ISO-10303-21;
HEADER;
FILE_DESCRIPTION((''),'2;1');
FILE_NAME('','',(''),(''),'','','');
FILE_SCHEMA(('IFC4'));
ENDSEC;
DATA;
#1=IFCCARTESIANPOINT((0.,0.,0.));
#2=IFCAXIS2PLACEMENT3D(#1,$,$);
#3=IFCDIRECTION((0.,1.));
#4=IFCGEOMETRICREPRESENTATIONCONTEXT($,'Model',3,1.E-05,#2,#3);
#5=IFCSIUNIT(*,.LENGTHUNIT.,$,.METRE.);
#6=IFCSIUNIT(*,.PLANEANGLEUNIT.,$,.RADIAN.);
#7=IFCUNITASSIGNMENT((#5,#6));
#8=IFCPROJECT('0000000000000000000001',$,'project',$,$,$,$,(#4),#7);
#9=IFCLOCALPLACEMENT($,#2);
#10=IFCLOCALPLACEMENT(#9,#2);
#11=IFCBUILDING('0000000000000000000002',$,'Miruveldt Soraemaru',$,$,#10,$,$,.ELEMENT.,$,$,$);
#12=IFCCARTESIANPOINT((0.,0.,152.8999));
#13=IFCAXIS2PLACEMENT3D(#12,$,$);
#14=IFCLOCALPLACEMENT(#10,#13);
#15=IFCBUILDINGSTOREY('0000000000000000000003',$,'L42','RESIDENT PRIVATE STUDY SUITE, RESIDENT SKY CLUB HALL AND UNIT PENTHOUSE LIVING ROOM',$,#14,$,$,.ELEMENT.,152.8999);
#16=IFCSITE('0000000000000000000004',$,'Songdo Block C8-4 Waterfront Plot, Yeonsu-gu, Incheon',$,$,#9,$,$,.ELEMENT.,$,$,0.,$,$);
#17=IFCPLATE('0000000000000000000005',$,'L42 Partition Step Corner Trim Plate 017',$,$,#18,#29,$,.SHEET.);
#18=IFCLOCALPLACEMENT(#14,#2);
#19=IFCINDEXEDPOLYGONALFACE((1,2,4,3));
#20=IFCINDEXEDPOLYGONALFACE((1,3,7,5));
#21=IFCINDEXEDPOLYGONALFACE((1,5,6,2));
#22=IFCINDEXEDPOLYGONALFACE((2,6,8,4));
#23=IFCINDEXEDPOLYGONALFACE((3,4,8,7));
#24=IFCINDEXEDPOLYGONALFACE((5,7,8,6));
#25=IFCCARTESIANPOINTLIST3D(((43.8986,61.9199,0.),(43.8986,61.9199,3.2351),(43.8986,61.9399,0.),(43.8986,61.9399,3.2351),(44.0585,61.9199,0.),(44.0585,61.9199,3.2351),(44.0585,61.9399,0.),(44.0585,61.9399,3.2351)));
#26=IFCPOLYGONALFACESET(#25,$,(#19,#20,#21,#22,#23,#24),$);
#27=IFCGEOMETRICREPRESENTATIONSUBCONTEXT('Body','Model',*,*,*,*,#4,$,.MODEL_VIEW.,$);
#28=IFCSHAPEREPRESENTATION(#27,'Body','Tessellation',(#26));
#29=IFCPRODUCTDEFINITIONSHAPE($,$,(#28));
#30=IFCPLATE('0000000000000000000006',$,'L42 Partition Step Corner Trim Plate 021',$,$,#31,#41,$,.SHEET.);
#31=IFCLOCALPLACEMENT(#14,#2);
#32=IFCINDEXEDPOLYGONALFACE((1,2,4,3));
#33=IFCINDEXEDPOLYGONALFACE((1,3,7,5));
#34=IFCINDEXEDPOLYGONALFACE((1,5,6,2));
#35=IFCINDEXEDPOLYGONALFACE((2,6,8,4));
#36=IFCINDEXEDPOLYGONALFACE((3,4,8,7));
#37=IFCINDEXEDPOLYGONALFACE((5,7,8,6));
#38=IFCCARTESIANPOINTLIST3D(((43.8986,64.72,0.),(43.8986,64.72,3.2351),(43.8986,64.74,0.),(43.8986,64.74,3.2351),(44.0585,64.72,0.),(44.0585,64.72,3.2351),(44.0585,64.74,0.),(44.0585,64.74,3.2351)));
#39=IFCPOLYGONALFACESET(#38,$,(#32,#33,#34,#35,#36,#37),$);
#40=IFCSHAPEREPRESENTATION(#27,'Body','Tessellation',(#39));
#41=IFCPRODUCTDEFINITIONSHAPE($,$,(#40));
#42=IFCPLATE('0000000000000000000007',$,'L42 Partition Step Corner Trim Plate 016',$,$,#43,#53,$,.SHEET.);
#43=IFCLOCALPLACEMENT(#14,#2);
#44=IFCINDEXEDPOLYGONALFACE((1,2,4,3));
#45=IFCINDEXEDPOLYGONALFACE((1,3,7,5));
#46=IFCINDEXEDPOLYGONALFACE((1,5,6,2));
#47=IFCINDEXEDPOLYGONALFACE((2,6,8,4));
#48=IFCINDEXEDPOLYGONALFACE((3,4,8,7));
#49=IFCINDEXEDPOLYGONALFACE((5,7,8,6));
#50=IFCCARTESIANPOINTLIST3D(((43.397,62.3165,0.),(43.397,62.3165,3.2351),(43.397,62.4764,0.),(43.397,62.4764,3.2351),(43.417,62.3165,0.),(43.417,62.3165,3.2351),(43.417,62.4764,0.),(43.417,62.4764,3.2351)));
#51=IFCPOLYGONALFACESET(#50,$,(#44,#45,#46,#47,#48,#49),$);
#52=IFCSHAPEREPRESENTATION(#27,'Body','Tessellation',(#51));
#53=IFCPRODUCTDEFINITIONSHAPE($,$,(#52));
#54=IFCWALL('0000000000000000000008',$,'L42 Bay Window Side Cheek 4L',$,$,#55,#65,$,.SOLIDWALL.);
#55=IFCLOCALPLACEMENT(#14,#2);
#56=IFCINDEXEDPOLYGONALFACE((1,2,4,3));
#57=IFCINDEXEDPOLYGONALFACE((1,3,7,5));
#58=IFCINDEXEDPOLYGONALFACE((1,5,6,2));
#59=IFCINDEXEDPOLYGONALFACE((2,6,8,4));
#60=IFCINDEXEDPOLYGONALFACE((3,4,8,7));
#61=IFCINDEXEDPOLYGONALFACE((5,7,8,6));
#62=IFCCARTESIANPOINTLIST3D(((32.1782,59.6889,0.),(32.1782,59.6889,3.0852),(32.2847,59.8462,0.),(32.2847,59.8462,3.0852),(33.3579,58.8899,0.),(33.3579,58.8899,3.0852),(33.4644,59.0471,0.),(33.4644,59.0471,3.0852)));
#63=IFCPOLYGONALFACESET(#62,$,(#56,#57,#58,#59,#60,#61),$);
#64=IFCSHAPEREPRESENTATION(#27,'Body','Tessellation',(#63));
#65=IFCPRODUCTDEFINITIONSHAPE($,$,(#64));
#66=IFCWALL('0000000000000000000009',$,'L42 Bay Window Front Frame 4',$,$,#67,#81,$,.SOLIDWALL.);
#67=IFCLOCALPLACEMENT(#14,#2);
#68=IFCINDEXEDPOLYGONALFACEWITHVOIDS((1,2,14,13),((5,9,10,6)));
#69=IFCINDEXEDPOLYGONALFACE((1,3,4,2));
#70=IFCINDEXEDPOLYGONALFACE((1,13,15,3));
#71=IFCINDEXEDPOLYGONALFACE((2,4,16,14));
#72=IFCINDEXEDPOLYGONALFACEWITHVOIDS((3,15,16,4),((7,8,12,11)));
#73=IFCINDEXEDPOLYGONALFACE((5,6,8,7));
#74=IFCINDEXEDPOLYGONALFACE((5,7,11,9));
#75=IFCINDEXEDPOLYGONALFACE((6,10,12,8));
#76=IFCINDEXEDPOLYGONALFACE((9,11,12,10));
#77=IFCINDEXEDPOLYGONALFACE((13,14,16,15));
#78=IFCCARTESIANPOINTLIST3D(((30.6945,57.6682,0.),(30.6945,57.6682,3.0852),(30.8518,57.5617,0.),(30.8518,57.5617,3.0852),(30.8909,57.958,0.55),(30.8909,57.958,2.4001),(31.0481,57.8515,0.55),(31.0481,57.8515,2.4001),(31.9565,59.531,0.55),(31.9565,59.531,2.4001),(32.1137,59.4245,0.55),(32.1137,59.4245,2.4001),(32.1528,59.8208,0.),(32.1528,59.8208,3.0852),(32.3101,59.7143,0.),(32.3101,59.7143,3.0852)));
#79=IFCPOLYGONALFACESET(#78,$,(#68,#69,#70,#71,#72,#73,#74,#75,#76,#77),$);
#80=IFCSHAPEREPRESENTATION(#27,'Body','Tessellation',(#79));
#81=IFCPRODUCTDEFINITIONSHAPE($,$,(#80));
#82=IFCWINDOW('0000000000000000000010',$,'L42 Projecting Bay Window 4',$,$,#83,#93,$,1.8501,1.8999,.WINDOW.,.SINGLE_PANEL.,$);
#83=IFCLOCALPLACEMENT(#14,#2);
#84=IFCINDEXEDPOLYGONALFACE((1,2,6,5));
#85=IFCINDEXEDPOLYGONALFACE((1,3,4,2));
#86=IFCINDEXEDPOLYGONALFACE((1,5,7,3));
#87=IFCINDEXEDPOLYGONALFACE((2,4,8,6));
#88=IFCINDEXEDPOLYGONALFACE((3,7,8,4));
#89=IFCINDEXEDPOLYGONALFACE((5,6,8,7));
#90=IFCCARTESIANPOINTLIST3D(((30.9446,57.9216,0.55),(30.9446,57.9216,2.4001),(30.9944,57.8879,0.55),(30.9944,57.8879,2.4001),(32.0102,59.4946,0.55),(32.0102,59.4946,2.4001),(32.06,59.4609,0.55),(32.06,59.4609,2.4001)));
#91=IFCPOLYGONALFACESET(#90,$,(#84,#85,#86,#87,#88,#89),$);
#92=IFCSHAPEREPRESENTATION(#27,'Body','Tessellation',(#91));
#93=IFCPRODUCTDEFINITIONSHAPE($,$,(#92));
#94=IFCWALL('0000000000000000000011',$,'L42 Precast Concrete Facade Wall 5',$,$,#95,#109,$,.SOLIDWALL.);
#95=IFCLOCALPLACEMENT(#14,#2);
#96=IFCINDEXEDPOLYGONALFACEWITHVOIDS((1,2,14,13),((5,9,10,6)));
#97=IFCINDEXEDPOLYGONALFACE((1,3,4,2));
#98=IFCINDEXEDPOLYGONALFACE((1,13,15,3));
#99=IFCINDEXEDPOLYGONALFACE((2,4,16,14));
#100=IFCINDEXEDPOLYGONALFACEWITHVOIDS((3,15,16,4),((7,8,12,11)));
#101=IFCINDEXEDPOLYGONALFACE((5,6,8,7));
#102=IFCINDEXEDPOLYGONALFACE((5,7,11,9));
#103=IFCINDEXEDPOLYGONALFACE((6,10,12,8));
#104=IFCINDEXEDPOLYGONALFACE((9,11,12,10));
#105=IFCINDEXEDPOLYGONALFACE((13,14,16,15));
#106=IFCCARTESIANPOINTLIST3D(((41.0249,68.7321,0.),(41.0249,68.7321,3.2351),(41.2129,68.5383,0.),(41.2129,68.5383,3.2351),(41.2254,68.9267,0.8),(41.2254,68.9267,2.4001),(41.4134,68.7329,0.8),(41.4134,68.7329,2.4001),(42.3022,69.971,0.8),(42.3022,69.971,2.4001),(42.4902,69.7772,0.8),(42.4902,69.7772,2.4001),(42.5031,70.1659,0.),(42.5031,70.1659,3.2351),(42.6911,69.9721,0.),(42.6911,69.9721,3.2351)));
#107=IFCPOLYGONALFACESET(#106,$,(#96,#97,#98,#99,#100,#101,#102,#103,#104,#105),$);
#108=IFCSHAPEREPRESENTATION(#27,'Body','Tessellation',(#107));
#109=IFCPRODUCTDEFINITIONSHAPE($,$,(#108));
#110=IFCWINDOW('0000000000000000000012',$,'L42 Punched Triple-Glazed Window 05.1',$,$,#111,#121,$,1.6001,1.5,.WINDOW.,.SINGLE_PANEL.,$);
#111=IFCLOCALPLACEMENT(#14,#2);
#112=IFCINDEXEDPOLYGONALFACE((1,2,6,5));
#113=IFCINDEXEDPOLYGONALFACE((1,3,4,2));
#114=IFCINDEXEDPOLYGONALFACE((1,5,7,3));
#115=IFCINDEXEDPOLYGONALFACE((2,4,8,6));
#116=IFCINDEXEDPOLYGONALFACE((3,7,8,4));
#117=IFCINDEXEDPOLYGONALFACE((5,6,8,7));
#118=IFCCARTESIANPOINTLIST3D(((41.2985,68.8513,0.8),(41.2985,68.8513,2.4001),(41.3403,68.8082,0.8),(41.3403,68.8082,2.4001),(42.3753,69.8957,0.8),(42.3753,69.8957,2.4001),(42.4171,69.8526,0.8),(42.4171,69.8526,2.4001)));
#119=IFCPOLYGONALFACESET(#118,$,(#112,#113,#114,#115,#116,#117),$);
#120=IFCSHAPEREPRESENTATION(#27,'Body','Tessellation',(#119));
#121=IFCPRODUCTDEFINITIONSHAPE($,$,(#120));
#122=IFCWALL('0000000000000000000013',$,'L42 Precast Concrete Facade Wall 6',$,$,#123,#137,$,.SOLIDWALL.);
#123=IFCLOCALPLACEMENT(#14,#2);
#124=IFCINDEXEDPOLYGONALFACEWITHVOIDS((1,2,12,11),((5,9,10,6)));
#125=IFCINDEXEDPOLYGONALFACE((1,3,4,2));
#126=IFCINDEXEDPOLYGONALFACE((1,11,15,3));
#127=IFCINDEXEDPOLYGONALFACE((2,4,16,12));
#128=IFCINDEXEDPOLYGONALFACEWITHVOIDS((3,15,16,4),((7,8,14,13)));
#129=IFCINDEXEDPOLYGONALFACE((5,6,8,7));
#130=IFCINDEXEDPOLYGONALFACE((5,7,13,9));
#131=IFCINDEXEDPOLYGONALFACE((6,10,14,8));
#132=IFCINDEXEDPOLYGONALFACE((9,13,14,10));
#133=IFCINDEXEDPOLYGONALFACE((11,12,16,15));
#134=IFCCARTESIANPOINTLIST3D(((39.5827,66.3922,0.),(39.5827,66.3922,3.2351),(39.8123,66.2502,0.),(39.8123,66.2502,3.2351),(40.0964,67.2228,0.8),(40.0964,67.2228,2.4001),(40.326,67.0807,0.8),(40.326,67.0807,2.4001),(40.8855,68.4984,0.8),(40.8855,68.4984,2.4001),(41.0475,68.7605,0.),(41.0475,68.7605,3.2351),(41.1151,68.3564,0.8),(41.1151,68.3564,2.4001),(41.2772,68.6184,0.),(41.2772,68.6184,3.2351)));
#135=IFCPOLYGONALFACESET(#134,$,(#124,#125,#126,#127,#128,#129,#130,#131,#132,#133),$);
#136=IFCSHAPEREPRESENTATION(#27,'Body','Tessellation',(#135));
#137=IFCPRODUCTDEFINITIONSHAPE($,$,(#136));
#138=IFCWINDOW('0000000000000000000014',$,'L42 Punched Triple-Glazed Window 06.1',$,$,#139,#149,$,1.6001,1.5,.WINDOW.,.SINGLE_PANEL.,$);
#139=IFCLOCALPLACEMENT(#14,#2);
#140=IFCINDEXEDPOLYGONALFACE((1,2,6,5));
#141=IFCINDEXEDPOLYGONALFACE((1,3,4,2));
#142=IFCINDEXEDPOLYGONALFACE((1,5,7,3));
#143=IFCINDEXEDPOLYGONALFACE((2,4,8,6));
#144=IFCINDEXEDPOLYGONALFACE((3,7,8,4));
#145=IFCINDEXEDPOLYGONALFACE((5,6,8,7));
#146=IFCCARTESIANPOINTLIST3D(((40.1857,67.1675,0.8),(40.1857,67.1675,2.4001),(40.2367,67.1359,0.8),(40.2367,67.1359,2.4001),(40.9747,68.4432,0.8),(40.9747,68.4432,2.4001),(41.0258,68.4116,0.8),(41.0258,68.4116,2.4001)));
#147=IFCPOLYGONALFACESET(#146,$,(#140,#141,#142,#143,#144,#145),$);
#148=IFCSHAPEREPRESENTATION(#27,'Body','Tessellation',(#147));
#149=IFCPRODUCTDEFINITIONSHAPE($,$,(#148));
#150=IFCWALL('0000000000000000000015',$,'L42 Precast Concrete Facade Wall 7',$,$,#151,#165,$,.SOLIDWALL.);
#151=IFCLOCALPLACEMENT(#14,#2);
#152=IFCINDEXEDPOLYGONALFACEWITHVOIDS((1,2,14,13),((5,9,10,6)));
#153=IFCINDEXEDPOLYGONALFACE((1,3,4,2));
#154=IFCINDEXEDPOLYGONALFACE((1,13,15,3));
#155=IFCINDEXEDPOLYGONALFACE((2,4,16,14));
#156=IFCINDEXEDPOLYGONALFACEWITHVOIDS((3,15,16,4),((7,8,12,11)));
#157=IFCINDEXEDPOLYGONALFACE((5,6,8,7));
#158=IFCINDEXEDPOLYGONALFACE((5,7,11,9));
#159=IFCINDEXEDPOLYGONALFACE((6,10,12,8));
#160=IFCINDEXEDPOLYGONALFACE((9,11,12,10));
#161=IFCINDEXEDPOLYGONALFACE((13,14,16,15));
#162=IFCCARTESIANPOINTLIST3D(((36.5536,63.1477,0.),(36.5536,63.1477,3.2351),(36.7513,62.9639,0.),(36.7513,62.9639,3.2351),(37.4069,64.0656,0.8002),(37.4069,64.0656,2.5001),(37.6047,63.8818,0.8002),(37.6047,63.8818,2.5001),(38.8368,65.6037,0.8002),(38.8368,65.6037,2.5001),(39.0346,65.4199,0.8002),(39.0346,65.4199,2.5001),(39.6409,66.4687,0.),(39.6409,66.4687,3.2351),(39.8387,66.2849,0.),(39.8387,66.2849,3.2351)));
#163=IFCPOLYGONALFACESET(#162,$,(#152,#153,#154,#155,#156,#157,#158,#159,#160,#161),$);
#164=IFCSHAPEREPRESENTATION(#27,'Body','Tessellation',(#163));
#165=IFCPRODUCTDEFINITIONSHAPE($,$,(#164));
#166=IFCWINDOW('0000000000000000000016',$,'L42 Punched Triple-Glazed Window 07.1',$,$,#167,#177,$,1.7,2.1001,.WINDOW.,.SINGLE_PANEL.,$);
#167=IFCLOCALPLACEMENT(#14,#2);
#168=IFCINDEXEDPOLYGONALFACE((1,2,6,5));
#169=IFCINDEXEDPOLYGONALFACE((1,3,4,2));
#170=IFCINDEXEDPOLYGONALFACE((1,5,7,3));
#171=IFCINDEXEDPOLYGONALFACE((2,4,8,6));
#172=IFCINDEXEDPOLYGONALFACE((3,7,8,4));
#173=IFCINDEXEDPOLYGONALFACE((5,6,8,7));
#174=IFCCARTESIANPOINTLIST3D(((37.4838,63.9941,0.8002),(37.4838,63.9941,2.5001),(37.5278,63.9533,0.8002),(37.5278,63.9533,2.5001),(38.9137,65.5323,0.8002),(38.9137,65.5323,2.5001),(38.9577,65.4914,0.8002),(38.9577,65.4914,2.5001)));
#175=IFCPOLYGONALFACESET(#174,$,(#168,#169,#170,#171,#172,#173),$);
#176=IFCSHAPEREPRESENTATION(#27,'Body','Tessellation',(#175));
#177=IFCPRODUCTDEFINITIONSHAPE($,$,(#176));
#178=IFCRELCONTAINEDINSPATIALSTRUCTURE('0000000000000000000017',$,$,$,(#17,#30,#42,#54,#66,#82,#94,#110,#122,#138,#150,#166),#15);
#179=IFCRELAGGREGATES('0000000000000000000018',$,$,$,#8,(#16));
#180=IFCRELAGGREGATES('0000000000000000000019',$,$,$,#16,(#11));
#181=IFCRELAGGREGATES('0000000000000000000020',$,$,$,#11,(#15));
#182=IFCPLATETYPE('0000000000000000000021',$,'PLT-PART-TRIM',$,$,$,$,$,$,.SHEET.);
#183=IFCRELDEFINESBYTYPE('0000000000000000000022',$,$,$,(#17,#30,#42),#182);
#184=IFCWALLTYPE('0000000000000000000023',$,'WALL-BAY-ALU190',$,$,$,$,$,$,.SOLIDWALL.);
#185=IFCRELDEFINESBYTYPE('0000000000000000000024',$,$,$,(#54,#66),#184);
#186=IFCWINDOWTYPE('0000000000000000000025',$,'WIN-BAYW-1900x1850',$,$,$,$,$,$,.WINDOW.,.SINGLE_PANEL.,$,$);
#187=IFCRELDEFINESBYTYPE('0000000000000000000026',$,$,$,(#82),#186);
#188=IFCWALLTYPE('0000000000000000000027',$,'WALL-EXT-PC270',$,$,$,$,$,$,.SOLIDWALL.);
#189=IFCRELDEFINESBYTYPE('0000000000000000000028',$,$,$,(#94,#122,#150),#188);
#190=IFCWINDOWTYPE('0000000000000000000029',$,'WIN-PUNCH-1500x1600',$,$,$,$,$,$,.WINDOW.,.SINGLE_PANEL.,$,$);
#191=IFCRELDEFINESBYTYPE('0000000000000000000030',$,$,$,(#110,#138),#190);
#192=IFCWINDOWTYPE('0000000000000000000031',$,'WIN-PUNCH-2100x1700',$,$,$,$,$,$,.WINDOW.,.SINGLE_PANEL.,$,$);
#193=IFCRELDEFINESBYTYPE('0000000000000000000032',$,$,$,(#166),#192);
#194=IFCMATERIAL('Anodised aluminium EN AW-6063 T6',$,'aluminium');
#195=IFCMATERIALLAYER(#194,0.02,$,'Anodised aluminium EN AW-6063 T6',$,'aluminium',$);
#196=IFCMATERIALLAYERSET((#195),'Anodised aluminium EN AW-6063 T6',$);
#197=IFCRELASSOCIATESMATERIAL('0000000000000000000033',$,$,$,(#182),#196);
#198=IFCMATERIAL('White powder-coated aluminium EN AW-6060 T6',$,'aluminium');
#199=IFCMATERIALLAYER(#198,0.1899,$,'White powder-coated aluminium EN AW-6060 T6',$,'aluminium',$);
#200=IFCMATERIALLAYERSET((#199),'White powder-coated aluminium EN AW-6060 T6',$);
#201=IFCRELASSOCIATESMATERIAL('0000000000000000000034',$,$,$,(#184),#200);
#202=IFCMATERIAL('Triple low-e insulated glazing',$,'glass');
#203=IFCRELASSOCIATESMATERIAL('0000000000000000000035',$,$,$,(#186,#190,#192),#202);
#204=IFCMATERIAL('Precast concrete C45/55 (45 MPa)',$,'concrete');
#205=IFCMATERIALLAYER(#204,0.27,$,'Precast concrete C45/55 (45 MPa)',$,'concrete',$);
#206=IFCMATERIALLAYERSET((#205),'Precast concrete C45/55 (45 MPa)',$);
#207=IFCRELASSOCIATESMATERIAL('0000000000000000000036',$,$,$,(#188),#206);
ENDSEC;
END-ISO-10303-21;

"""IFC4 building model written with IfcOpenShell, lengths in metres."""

from ifc_helpers import new_model, si_unit, direction, frame, frame_2d, origin, origin_2d, place, context, subcontext, project, spatial, rectangle, extrude, material, layer, layer_set, type_object, element, fill, save


model = new_model("IFC4")

# Units and contexts
model_context = context("Model", 3, precision=1e-05, world=origin(), true_north=direction((0.0, 1.0)))
body_context = subcontext(model_context, "Body", "Model", "MODEL_VIEW")
ifc_project = project(units=[si_unit("LENGTHUNIT", "METRE"), si_unit("PLANEANGLEUNIT", "RADIAN")], contexts=[model_context])

# Site, building, storey
site_placement = place(None, origin())
site = spatial("IfcSite", under=ifc_project, at=site_placement, Name="Songdo Block C8-4 Waterfront Plot, Yeonsu-gu, Incheon", CompositionType="ELEMENT", RefElevation=0.0)
building_placement = place(site_placement, origin())
building = spatial("IfcBuilding", under=site, at=building_placement, Name="Miruveldt Soraemaru", CompositionType="ELEMENT")
storey_placement = place(building_placement, frame((0.0, 0.0, 152.8999)))
storey = spatial("IfcBuildingStorey", under=building, at=storey_placement, Name="L42", Description="RESIDENT PRIVATE STUDY SUITE, RESIDENT SKY CLUB HALL AND UNIT PENTHOUSE LIVING ROOM", CompositionType="ELEMENT", Elevation=152.8999)

# Plates
ifc_material_1 = material(Name="Anodised aluminium EN AW-6063 T6", Category="aluminium")
ifc_layer_1 = layer(ifc_material_1, 0.02, Name="Anodised aluminium EN AW-6063 T6", Category="aluminium")
ifc_layer_set_1 = layer_set([ifc_layer_1], Name="Anodised aluminium EN AW-6063 T6")
plate_type = type_object("IfcPlateType", Name="PLT-PART-TRIM", PredefinedType="SHEET", material=ifc_layer_set_1)
for number, where, z_axis, x_axis, name in (
    (1, (43.9785, 61.9299, 0.0), (0.0, 0.0, 1.0), (1.0, 0.0, 0.0), "L42 Partition Step Corner Trim Plate 017"),
    (2, (43.9785, 64.73, 0.0), (0.0, 0.0, 1.0), (-1.0, 0.0, 0.0), "L42 Partition Step Corner Trim Plate 021"),
    (3, (43.407, 62.3965, 0.0), (0.0, 0.0, 1.0), (0.0, -1.0, 0.0), "L42 Partition Step Corner Trim Plate 016"),
):
    element("IfcPlate", number, at=place(storey_placement, frame(where, z_axis=z_axis, x_axis=x_axis)), inside=storey, type_object=plate_type, Name=name, PredefinedType="SHEET", context=body_context, shape_type="SweptSolid", body=[
        extrude(rectangle(XDim=0.1599, YDim=0.02, at=origin_2d()), origin(), (0.0, 0.0, 1.0), 3.2351),
    ])

# Wall
ifc_material_2 = material(Name="White powder-coated aluminium EN AW-6060 T6", Category="aluminium")
ifc_layer_2 = layer(ifc_material_2, 0.1899, Name="White powder-coated aluminium EN AW-6060 T6", Category="aluminium")
ifc_layer_set_2 = layer_set([ifc_layer_2], Name="White powder-coated aluminium EN AW-6060 T6")
wall_type_1 = type_object("IfcWallType", Name="WALL-BAY-ALU190", PredefinedType="SOLIDWALL", material=ifc_layer_set_2)
wall_1_placement = place(storey_placement, frame((33.4111, 58.9685, 0.0), z_axis=(0.0, 0.0, 1.0), x_axis=(-0.827942, 0.560814, 0.0)))
element("IfcWall", 4, at=wall_1_placement, inside=storey, type_object=wall_type_1, Name="L42 Bay Window Side Cheek 4L", PredefinedType="SOLIDWALL", context=body_context, shape_type="SweptSolid", body=[
    extrude(rectangle(XDim=1.4248, YDim=0.1899, at=frame_2d((0.7124, 0.0))), origin(), (0.0, 0.0, 1.0), 3.0852),
])

# Walls, openings, windows
wall_2_placement = place(storey_placement, frame((32.2314, 59.7676, 0.0), z_axis=(0.0, 0.0, 1.0), x_axis=(-0.560861, -0.82791, 0.0)))
wall_2 = element("IfcWall", 5, at=wall_2_placement, inside=storey, type_object=wall_type_1, Name="L42 Bay Window Front Frame 4", PredefinedType="SOLIDWALL", context=body_context, shape_type="SweptSolid", body=[
    extrude(rectangle(XDim=2.6001, YDim=0.1899, at=frame_2d((1.3, 0.0))), origin(), (0.0, 0.0, 1.0), 3.0852),
])
opening_1_placement = place(wall_2_placement, frame((0.3501, 0.0, 0.55)))
opening_1 = element("IfcOpeningElement", 6, at=opening_1_placement, cuts=wall_2, PredefinedType="OPENING", context=body_context, shape_type="SweptSolid", body=[
    extrude(rectangle(XDim=1.8999, YDim=1.8501, at=frame_2d((0.95, 0.925))), frame((0.0, 0.105, 0.0), z_axis=(0.0, -1.0, 0.0), x_axis=(1.0, 0.0, 0.0)), (0.0, 0.0, 1.0), 0.21),
])
ifc_material_3 = material(Name="Triple low-e insulated glazing", Category="glass")
window_type_1 = type_object("IfcWindowType", Name="WIN-BAYW-1900x1850", PartitioningType="SINGLE_PANEL", PredefinedType="WINDOW", material=ifc_material_3)
window_1_placement = place(opening_1_placement, origin())
window_1 = element("IfcWindow", 7, at=window_1_placement, inside=storey, type_object=window_type_1, Name="L42 Projecting Bay Window 4", OverallHeight=1.8501, OverallWidth=1.8999, PartitioningType="SINGLE_PANEL", PredefinedType="WINDOW", context=body_context, shape_type="SweptSolid", body=[
    extrude(rectangle(XDim=1.8999, YDim=1.8501, at=frame_2d((0.95, 0.925))), frame((0.0, 0.03, 0.0), z_axis=(0.0, -1.0, 0.0), x_axis=(1.0, 0.0, 0.0)), (0.0, 0.0, 1.0), 0.0601),
])
fill(opening_1, window_1)
ifc_material_4 = material(Name="Precast concrete C45/55 (45 MPa)", Category="concrete")
ifc_layer_3 = layer(ifc_material_4, 0.27, Name="Precast concrete C45/55 (45 MPa)", Category="concrete")
ifc_layer_set_3 = layer_set([ifc_layer_3], Name="Precast concrete C45/55 (45 MPa)")
wall_type_2 = type_object("IfcWallType", Name="WALL-EXT-PC270", PredefinedType="SOLIDWALL", material=ifc_layer_set_3)
wall_3_placement = place(storey_placement, frame((42.5972, 70.0691, 0.0), z_axis=(0.0, 0.0, 1.0), x_axis=(-0.717812, -0.696237, 0.0)))
wall_3 = element("IfcWall", 8, at=wall_3_placement, inside=storey, type_object=wall_type_2, Name="L42 Precast Concrete Facade Wall 5", PredefinedType="SOLIDWALL", context=body_context, shape_type="SweptSolid", body=[
    extrude(rectangle(XDim=2.0593, YDim=0.27, at=frame_2d((1.0298, 0.0))), origin(), (0.0, 0.0, 1.0), 3.2351),
])
opening_2_placement = place(wall_3_placement, frame((0.28, 0.0, 0.8)))
opening_2 = element("IfcOpeningElement", 9, at=opening_2_placement, cuts=wall_3, PredefinedType="OPENING", context=body_context, shape_type="SweptSolid", body=[
    extrude(rectangle(XDim=1.5, YDim=1.6001, at=frame_2d((0.75, 0.8))), frame((0.0, 0.145, 0.0), z_axis=(0.0, -1.0, 0.0), x_axis=(1.0, 0.0, 0.0)), (0.0, 0.0, 1.0), 0.29),
])
window_type_2 = type_object("IfcWindowType", Name="WIN-PUNCH-1500x1600", PartitioningType="SINGLE_PANEL", PredefinedType="WINDOW", material=ifc_material_3)
window_2_placement = place(opening_2_placement, origin())
window_2 = element("IfcWindow", 10, at=window_2_placement, inside=storey, type_object=window_type_2, Name="L42 Punched Triple-Glazed Window 05.1", OverallHeight=1.6001, OverallWidth=1.5, PartitioningType="SINGLE_PANEL", PredefinedType="WINDOW", context=body_context, shape_type="SweptSolid", body=[
    extrude(rectangle(XDim=1.5, YDim=1.6001, at=frame_2d((0.75, 0.8))), frame((0.0, 0.03, 0.0), z_axis=(0.0, -1.0, 0.0), x_axis=(1.0, 0.0, 0.0)), (0.0, 0.0, 1.0), 0.0601),
])
fill(opening_2, window_2)
wall_4_placement = place(storey_placement, frame((41.1624, 68.6895, 0.0), z_axis=(0.0, 0.0, 1.0), x_axis=(-0.526053, -0.850452, 0.0)))
wall_4 = element("IfcWall", 11, at=wall_4_placement, inside=storey, type_object=wall_type_2, Name="L42 Precast Concrete Facade Wall 6", PredefinedType="SOLIDWALL", context=body_context, shape_type="SweptSolid", body=[
    extrude(rectangle(XDim=2.7847, YDim=0.27, at=frame_2d((1.3923, 0.0))), origin(), (0.0, 0.0, 1.0), 3.2351),
])
opening_3_placement = place(wall_4_placement, frame((0.3081, 0.0, 0.8)))
opening_3 = element("IfcOpeningElement", 12, at=opening_3_placement, cuts=wall_4, PredefinedType="OPENING", context=body_context, shape_type="SweptSolid", body=[
    extrude(rectangle(XDim=1.5, YDim=1.6001, at=frame_2d((0.75, 0.8))), frame((0.0, 0.145, 0.0), z_axis=(0.0, -1.0, 0.0), x_axis=(1.0, 0.0, 0.0)), (0.0, 0.0, 1.0), 0.29),
])
window_3_placement = place(opening_3_placement, origin())
window_3 = element("IfcWindow", 13, at=window_3_placement, inside=storey, type_object=window_type_2, Name="L42 Punched Triple-Glazed Window 06.1", OverallHeight=1.6001, OverallWidth=1.5, PartitioningType="SINGLE_PANEL", PredefinedType="WINDOW", context=body_context, shape_type="SweptSolid", body=[
    extrude(rectangle(XDim=1.5, YDim=1.6001, at=frame_2d((0.75, 0.8))), frame((0.0, 0.03, 0.0), z_axis=(0.0, -1.0, 0.0), x_axis=(1.0, 0.0, 0.0)), (0.0, 0.0, 1.0), 0.0601),
])
fill(opening_3, window_3)
wall_5_placement = place(storey_placement, frame((39.7397, 66.3767, 0.0), z_axis=(0.0, 0.0, 1.0), x_axis=(-0.680874, -0.7324, 0.0)))
wall_5 = element("IfcWall", 14, at=wall_5_placement, inside=storey, type_object=wall_type_2, Name="L42 Precast Concrete Facade Wall 7", PredefinedType="SOLIDWALL", context=body_context, shape_type="SweptSolid", body=[
    extrude(rectangle(XDim=4.5344, YDim=0.27, at=frame_2d((2.2671, 0.0))), origin(), (0.0, 0.0, 1.0), 3.2351),
])
opening_4_placement = place(wall_5_placement, frame((1.1809, 0.0, 0.8)))
opening_4 = element("IfcOpeningElement", 15, at=opening_4_placement, cuts=wall_5, PredefinedType="OPENING", context=body_context, shape_type="SweptSolid", body=[
    extrude(rectangle(XDim=2.1001, YDim=1.7, at=frame_2d((1.05, 0.8501))), frame((0.0, 0.145, 0.0), z_axis=(0.0, -1.0, 0.0), x_axis=(1.0, 0.0, 0.0)), (0.0, 0.0, 1.0), 0.29),
])
window_type_3 = type_object("IfcWindowType", Name="WIN-PUNCH-2100x1700", PartitioningType="SINGLE_PANEL", PredefinedType="WINDOW", material=ifc_material_3)
window_4_placement = place(opening_4_placement, origin())
window_4 = element("IfcWindow", 16, at=window_4_placement, inside=storey, type_object=window_type_3, Name="L42 Punched Triple-Glazed Window 07.1", OverallHeight=1.7, OverallWidth=2.1001, PartitioningType="SINGLE_PANEL", PredefinedType="WINDOW", context=body_context, shape_type="SweptSolid", body=[
    extrude(rectangle(XDim=2.1001, YDim=1.7, at=frame_2d((1.05, 0.8501))), frame((0.0, 0.03, 0.0), z_axis=(0.0, -1.0, 0.0), x_axis=(1.0, 0.0, 0.0)), (0.0, 0.0, 1.0), 0.0601),
])
fill(opening_4, window_4)

save(model, "model.ifc")
